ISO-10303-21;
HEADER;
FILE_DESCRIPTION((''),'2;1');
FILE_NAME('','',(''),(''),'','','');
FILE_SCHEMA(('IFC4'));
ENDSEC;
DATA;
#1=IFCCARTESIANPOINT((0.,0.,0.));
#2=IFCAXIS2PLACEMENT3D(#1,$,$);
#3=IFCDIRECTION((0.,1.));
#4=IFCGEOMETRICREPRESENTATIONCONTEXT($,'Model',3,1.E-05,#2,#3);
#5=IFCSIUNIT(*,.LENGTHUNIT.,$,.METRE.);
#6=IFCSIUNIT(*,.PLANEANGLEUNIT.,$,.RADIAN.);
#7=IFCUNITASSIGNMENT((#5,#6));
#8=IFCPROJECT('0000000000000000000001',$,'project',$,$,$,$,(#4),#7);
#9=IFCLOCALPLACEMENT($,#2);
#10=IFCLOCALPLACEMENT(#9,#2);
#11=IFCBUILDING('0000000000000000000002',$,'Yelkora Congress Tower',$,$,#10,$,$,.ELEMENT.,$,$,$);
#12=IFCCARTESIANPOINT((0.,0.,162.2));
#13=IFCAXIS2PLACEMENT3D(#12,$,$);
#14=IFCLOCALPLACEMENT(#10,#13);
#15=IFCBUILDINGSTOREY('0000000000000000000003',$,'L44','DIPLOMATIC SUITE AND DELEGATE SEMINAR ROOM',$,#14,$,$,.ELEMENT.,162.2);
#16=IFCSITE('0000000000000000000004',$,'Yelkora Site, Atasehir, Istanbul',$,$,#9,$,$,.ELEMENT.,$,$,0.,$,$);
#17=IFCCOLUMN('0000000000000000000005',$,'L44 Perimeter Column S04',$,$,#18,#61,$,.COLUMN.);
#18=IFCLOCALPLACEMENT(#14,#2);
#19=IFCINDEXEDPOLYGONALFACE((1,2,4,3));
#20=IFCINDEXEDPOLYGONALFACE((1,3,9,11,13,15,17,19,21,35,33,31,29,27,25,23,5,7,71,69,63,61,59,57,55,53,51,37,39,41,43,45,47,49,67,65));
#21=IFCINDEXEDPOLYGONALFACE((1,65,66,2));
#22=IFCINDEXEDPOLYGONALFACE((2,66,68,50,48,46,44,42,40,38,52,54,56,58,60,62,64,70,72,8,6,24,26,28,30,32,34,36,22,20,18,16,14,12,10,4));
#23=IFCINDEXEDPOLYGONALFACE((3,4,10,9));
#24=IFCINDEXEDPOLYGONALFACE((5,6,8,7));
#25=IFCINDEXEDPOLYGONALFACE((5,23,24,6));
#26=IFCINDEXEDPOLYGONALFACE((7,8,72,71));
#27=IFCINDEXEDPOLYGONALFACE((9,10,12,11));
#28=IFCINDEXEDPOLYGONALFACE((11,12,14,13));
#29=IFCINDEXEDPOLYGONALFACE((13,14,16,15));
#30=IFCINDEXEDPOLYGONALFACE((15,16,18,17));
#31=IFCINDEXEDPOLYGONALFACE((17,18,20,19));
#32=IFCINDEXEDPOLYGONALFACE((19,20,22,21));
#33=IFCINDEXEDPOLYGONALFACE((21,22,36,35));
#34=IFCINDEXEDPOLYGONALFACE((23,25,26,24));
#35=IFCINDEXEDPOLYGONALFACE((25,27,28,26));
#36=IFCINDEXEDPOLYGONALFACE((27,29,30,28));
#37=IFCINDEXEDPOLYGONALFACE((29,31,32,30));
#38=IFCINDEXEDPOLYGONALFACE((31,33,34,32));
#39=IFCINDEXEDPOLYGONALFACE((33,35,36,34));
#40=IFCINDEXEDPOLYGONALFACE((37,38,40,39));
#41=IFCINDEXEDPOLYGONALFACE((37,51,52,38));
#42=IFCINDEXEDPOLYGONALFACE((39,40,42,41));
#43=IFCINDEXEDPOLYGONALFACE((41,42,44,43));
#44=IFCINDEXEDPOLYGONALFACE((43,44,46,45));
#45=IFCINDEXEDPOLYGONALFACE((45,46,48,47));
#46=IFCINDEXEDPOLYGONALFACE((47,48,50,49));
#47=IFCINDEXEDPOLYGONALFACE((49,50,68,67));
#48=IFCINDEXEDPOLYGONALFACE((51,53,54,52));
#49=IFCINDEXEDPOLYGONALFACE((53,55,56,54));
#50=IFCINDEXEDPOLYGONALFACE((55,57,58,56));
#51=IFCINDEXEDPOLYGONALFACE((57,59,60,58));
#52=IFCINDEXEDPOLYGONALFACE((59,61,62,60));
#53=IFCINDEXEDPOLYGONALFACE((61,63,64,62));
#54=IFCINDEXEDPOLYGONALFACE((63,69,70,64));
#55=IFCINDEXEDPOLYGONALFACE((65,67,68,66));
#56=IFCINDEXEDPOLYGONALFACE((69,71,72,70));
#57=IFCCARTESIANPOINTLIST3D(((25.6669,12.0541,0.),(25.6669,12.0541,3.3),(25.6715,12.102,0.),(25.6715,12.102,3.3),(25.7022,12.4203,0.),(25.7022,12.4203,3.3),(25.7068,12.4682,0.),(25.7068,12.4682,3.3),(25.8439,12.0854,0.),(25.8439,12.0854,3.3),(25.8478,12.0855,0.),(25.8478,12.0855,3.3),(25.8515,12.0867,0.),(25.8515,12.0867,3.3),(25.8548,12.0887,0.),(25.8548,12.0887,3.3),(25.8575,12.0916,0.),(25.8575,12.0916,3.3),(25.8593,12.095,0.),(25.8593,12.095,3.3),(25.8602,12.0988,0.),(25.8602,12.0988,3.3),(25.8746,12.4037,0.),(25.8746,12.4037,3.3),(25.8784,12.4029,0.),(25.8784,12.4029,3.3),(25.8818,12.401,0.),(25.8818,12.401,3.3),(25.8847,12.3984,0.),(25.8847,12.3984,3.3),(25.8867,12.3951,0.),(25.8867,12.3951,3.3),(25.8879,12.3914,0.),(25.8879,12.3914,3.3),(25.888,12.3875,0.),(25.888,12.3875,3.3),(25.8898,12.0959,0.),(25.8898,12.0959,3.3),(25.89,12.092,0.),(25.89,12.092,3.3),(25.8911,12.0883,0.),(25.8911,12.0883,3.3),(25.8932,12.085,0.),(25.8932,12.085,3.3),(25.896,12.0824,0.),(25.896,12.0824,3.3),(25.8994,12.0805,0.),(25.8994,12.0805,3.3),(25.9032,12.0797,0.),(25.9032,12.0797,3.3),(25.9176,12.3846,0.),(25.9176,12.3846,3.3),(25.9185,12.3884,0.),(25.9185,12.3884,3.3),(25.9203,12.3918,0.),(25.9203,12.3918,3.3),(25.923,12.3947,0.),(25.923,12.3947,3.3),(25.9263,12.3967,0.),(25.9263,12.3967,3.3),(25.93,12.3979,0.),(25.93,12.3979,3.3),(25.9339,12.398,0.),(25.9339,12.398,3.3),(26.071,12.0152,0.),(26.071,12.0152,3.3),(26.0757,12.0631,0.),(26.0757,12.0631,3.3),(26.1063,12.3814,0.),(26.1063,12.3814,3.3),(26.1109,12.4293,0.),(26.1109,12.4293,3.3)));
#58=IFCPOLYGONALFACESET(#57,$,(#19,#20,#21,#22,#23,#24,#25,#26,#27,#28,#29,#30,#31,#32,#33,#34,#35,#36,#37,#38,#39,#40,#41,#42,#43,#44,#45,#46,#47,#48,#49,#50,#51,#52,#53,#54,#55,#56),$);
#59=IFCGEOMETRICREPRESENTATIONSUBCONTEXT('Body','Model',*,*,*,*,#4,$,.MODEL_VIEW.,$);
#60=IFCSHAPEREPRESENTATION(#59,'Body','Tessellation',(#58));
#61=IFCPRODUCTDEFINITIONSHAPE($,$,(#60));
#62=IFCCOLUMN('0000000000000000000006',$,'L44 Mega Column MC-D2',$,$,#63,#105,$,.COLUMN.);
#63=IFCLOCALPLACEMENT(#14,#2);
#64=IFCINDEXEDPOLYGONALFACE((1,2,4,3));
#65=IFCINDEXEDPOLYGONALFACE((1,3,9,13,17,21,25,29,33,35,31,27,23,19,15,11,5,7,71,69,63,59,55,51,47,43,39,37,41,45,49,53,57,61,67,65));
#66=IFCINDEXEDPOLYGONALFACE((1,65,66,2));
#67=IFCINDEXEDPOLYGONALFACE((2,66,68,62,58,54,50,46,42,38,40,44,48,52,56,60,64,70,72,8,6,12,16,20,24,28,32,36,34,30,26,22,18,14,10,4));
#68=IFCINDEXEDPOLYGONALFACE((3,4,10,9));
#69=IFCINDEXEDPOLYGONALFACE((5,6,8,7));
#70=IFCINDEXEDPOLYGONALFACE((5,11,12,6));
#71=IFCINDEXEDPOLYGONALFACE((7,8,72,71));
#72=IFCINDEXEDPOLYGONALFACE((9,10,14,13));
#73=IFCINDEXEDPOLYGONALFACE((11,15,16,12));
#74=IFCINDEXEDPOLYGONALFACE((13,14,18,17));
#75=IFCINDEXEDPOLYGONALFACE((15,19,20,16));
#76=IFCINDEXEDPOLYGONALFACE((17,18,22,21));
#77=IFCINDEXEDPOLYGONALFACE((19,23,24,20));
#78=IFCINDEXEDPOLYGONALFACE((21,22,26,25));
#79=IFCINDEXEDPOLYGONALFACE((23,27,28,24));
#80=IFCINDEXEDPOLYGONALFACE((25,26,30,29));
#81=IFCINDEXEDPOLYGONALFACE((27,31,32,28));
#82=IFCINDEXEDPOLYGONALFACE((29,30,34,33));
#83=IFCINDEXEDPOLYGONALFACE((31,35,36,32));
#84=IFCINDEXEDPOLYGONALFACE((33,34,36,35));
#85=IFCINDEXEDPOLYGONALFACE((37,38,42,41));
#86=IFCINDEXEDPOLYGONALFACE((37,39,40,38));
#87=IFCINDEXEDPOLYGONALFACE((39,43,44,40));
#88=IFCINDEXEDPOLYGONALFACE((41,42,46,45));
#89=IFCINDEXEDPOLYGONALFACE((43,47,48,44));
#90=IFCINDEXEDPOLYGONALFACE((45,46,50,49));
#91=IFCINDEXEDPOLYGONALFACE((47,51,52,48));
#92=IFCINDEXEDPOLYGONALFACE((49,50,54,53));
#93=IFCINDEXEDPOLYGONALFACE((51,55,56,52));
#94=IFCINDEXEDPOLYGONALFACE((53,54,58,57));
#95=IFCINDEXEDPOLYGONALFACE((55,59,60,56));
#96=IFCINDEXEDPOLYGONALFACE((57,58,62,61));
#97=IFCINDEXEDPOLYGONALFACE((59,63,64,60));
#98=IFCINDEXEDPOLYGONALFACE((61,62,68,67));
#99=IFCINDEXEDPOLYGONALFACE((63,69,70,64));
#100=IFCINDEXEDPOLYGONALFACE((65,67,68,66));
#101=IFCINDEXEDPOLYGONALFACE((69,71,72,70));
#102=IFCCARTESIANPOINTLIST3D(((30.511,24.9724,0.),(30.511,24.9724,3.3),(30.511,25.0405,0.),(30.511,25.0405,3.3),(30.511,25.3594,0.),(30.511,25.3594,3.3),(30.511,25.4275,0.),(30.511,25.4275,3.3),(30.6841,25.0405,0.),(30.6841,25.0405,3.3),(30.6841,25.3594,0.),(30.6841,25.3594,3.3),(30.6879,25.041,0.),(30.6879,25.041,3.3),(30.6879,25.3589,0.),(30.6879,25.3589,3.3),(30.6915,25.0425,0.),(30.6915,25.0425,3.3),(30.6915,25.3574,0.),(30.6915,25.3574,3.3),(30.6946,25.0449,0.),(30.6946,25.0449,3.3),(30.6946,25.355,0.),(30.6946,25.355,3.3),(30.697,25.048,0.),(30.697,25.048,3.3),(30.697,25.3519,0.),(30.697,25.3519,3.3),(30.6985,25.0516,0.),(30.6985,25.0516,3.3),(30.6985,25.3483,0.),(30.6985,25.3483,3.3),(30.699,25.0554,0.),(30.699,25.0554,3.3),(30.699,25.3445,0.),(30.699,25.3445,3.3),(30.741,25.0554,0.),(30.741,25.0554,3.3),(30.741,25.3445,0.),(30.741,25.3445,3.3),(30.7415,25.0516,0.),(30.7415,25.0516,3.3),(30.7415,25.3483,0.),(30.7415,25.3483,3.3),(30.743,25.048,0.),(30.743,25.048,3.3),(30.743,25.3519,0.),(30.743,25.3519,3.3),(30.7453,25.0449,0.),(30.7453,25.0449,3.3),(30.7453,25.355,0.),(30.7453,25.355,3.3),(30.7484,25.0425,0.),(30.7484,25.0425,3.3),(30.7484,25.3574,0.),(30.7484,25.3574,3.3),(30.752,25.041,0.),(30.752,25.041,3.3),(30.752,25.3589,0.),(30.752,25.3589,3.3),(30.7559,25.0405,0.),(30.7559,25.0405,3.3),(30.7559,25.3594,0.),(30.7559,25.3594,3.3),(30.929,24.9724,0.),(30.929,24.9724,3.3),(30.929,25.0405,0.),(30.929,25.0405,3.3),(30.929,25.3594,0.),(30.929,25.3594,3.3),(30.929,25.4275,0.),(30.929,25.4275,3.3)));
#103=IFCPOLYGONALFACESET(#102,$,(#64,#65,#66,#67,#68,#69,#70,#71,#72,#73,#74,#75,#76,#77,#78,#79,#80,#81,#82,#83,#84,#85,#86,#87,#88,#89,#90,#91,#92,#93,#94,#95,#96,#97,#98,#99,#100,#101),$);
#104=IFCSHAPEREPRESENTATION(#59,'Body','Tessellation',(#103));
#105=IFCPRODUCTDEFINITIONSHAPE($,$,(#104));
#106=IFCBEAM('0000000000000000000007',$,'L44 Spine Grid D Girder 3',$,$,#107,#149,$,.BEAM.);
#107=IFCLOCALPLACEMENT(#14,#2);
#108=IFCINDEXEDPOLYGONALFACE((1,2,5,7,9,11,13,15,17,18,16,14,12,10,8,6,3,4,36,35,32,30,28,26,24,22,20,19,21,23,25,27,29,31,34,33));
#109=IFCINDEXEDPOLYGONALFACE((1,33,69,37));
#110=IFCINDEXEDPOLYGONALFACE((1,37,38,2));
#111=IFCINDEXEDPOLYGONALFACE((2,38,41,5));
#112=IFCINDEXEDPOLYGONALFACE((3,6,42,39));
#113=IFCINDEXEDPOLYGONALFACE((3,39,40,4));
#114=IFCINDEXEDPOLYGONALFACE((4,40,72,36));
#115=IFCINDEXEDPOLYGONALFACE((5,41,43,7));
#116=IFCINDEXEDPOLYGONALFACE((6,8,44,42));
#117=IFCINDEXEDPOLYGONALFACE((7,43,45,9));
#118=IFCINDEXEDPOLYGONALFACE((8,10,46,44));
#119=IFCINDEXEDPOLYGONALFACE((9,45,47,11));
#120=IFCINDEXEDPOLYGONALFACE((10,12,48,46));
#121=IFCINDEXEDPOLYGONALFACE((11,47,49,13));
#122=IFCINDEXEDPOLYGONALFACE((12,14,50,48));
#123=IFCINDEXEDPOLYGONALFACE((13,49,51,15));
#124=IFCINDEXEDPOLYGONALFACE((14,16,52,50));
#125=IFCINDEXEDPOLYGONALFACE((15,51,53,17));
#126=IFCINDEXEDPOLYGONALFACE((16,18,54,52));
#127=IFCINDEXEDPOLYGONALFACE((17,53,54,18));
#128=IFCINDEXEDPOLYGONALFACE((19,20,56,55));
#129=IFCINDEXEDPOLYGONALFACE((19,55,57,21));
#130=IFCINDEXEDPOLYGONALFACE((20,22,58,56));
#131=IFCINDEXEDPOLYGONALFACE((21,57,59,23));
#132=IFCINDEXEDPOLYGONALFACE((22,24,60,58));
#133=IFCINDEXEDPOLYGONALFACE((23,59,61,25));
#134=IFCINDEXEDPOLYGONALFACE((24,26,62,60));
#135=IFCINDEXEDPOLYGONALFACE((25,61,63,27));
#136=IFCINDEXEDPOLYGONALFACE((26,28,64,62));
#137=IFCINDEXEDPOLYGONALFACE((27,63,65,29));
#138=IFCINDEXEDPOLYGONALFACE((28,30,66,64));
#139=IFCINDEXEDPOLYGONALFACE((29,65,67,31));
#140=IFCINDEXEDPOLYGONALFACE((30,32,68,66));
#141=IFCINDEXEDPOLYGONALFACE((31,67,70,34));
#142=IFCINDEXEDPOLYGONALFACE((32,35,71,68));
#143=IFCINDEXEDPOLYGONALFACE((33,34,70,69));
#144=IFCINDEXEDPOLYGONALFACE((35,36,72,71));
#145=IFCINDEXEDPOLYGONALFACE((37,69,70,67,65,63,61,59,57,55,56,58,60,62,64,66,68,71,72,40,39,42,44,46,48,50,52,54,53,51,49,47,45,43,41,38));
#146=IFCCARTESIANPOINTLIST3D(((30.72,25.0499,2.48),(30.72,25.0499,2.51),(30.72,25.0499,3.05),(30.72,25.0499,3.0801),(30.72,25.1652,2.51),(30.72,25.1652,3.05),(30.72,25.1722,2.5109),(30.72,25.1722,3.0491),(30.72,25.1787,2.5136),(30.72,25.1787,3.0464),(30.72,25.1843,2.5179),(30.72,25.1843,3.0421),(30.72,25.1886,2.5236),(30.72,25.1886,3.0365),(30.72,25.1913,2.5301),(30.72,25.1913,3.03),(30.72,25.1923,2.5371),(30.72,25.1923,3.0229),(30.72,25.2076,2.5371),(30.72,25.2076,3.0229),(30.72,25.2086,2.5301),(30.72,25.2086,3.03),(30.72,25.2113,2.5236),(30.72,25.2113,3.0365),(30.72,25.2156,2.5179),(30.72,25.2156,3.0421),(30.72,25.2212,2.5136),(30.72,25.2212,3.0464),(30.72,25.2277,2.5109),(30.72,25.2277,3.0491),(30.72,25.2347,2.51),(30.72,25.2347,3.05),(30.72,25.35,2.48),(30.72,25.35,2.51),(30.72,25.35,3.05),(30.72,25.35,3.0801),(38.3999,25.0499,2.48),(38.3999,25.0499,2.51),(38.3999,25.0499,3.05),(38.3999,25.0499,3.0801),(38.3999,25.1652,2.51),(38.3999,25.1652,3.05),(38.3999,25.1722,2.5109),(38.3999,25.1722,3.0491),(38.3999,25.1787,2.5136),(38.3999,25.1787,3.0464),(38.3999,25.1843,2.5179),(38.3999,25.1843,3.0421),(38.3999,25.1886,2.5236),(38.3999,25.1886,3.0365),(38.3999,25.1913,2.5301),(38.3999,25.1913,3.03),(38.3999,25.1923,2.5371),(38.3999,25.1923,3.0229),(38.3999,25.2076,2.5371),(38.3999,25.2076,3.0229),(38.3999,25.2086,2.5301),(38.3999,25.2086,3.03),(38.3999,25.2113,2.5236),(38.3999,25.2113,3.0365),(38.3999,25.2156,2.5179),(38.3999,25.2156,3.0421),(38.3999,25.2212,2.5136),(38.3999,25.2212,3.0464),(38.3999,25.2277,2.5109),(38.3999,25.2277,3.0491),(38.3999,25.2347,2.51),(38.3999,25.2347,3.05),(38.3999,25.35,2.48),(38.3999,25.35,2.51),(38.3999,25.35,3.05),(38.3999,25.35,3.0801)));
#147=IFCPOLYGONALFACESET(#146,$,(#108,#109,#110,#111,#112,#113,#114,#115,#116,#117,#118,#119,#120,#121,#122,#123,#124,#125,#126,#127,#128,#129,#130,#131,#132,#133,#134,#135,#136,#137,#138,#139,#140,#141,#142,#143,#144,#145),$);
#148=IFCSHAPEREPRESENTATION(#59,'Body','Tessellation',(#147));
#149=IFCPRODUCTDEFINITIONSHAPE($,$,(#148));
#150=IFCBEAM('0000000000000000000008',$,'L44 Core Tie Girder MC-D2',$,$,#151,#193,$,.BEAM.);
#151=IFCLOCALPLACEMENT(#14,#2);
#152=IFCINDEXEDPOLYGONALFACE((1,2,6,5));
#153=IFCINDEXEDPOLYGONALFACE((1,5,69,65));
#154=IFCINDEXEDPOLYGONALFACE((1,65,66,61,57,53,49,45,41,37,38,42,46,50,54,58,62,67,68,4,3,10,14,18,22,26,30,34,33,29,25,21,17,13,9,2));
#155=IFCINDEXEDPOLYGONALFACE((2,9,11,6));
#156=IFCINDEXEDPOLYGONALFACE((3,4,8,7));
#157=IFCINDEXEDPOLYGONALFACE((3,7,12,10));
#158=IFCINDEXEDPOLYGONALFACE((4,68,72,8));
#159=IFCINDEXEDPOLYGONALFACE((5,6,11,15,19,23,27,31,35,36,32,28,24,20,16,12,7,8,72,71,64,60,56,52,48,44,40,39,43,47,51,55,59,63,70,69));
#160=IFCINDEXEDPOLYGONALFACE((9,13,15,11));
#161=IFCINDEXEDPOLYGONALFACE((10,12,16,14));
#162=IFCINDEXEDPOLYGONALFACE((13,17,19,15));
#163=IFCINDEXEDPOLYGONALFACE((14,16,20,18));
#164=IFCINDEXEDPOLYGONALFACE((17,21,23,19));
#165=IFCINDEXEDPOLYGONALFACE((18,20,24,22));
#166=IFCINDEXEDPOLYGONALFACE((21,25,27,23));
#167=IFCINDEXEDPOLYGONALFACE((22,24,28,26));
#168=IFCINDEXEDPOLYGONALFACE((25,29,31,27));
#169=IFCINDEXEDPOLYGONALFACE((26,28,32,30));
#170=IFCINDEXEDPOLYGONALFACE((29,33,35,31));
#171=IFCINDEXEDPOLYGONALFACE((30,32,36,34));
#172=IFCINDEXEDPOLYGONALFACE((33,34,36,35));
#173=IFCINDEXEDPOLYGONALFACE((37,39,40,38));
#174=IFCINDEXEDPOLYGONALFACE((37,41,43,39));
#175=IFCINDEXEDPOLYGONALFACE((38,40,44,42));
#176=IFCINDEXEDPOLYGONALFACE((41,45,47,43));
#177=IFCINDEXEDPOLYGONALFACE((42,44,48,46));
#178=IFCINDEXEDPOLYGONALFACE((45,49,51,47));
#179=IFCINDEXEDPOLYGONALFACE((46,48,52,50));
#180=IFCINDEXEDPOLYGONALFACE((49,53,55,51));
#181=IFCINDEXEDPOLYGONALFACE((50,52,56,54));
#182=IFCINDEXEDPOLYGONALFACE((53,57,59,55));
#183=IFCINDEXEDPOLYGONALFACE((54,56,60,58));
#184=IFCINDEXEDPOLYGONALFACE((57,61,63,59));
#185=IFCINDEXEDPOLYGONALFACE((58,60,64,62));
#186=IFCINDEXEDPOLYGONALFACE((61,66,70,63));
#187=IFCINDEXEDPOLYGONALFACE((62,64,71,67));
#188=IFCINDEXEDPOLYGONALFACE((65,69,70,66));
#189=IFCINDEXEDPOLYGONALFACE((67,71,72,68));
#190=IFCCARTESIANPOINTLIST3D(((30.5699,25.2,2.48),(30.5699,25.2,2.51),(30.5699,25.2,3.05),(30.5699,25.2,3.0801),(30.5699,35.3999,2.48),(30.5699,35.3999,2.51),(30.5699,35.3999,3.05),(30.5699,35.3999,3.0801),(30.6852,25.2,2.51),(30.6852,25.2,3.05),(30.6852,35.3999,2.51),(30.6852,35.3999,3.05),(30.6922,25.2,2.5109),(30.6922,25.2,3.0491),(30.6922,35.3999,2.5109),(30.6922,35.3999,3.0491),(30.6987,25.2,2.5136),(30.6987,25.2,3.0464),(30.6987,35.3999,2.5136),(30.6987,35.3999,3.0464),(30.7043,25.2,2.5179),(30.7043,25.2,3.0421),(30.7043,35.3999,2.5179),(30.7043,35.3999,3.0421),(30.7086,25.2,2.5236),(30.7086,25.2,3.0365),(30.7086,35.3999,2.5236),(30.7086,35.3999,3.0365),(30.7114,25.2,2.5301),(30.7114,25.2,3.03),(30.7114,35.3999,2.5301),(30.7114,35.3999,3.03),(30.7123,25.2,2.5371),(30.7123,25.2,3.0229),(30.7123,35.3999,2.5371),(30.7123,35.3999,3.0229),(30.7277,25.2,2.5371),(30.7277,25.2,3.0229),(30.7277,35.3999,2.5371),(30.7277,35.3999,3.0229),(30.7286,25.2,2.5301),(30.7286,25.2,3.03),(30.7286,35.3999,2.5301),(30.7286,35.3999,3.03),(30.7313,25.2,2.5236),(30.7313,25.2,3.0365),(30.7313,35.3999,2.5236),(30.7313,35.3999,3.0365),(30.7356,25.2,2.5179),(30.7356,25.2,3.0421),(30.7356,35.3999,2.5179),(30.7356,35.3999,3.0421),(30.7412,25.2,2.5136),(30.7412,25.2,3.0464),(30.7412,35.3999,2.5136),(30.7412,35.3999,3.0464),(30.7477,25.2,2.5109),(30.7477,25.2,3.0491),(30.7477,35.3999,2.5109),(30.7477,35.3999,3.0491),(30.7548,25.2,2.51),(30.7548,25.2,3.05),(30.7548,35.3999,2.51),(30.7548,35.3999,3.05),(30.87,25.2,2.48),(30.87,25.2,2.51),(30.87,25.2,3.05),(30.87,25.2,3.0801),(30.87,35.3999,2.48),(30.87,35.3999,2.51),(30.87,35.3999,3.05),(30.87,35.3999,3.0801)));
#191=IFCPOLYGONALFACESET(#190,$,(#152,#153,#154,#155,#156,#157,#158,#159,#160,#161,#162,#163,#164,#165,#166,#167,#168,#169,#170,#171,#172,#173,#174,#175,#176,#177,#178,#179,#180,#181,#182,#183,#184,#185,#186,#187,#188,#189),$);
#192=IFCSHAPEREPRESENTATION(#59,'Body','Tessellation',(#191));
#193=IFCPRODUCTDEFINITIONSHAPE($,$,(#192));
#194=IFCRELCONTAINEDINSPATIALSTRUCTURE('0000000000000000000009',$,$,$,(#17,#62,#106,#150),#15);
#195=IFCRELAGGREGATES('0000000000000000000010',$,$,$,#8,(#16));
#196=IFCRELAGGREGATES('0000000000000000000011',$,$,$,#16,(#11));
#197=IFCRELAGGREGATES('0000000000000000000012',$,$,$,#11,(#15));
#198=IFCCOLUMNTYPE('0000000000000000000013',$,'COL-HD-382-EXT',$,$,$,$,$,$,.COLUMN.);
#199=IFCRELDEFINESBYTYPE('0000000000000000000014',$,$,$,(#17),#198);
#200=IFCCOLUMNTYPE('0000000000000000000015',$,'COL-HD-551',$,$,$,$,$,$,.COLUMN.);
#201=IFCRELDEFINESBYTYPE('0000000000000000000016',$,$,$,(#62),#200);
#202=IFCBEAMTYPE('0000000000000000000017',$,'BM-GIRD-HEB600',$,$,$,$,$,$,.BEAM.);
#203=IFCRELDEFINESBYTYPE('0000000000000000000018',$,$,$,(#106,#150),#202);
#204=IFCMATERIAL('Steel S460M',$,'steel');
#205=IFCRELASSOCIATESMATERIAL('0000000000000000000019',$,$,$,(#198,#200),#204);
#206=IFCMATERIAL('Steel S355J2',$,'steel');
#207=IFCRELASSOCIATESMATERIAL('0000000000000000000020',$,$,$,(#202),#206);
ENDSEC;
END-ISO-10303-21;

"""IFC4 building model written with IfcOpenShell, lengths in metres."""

from ifc_helpers import new_model, si_unit, direction, frame, origin, origin_2d, place, context, subcontext, project, spatial, i_section, extrude, material, material_profile, profile_set, type_object, element, save


model = new_model("IFC4")

# Units and contexts
model_context = context("Model", 3, precision=1e-05, world=origin(), true_north=direction((0.0, 1.0)))
body_context = subcontext(model_context, "Body", "Model", "MODEL_VIEW")
ifc_project = project(units=[si_unit("LENGTHUNIT", "METRE"), si_unit("PLANEANGLEUNIT", "RADIAN")], contexts=[model_context])

# Site, building, storey
site_placement = place(None, origin())
site = spatial("IfcSite", under=ifc_project, at=site_placement, Name="Yelkora Site, Atasehir, Istanbul", CompositionType="ELEMENT", RefElevation=0.0)
building_placement = place(site_placement, origin())
building = spatial("IfcBuilding", under=site, at=building_placement, Name="Yelkora Congress Tower", CompositionType="ELEMENT")
storey_placement = place(building_placement, frame((0.0, 0.0, 162.2)))
storey = spatial("IfcBuildingStorey", under=building, at=storey_placement, Name="L44", Description="DIPLOMATIC SUITE AND DELEGATE SEMINAR ROOM", CompositionType="ELEMENT", Elevation=162.2)

# Columns
ifc_material_1 = material(Name="Steel S460M", Category="steel")
ifc_material_profile_1 = material_profile(ifc_material_1, i_section(OverallWidth=0.406, OverallDepth=0.416, WebThickness=0.0298, FlangeThickness=0.0481, FilletRadius=0.0149, at=origin_2d()), Name="HD 400x382")
ifc_profile_set_1 = profile_set([ifc_material_profile_1], Name="Steel S460M")
column_type_1 = type_object("IfcColumnType", Name="COL-HD-382-EXT", PredefinedType="COLUMN", material=ifc_profile_set_1)
column_1_placement = place(storey_placement, frame((25.8889, 12.2417, 0.0), z_axis=(0.0, 0.0, 1.0), x_axis=(0.995396, -0.095846, 0.0)))
element("IfcColumn", 1, at=column_1_placement, inside=storey, type_object=column_type_1, Name="L44 Perimeter Column S04", PredefinedType="COLUMN", context=body_context, shape_type="SweptSolid", body=[
    extrude(i_section(OverallWidth=0.406, OverallDepth=0.416, WebThickness=0.0298, FlangeThickness=0.0481, FilletRadius=0.0149, at=origin_2d()), origin(), (0.0, 0.0, 1.0), 3.3),
])
ifc_material_profile_2 = material_profile(ifc_material_1, i_section(OverallWidth=0.418, OverallDepth=0.4551, WebThickness=0.042, FlangeThickness=0.0681, FilletRadius=0.0149, at=origin_2d()), Name="HD 400x551")
ifc_profile_set_2 = profile_set([ifc_material_profile_2], Name="Steel S460M")
column_type_2 = type_object("IfcColumnType", Name="COL-HD-551", PredefinedType="COLUMN", material=ifc_profile_set_2)
column_2_placement = place(storey_placement, frame((30.72, 25.2, 0.0), z_axis=(0.0, 0.0, 1.0), x_axis=(1.0, 0.0, 0.0)))
element("IfcColumn", 2, at=column_2_placement, inside=storey, type_object=column_type_2, Name="L44 Mega Column MC-D2", PredefinedType="COLUMN", context=body_context, shape_type="SweptSolid", body=[
    extrude(i_section(OverallWidth=0.418, OverallDepth=0.4551, WebThickness=0.042, FlangeThickness=0.0681, FilletRadius=0.0149, at=origin_2d()), origin(), (0.0, 0.0, 1.0), 3.3),
])

# Beams
ifc_material_2 = material(Name="Steel S355J2", Category="steel")
ifc_material_profile_3 = material_profile(ifc_material_2, i_section(OverallWidth=0.3, OverallDepth=0.6001, WebThickness=0.0154, FlangeThickness=0.03, FilletRadius=0.0271, at=origin_2d()), Name="HEB 600")
ifc_profile_set_3 = profile_set([ifc_material_profile_3], Name="Steel S355J2")
beam_type_1 = type_object("IfcBeamType", Name="BM-GIRD-HEB600", PredefinedType="BEAM", material=ifc_profile_set_3)
beam_1_placement = place(storey_placement, frame((30.72, 25.2, 2.78), z_axis=(1.0, 0.0, 0.0), x_axis=(0.0, 1.0, 0.0)))
element("IfcBeam", 3, at=beam_1_placement, inside=storey, type_object=beam_type_1, Name="L44 Spine Grid D Girder 3", PredefinedType="BEAM", context=body_context, shape_type="SweptSolid", body=[
    extrude(i_section(OverallWidth=0.3, OverallDepth=0.6001, WebThickness=0.0154, FlangeThickness=0.03, FilletRadius=0.0271, at=origin_2d()), origin(), (0.0, 0.0, 1.0), 7.6799),
])
beam_2_placement = place(storey_placement, frame((30.72, 25.2, 2.78), z_axis=(0.0, 1.0, 0.0), x_axis=(-1.0, 0.0, 0.0)))
element("IfcBeam", 4, at=beam_2_placement, inside=storey, type_object=beam_type_1, Name="L44 Core Tie Girder MC-D2", PredefinedType="BEAM", context=body_context, shape_type="SweptSolid", body=[
    extrude(i_section(OverallWidth=0.3, OverallDepth=0.6001, WebThickness=0.0154, FlangeThickness=0.03, FilletRadius=0.0271, at=origin_2d()), origin(), (0.0, 0.0, 1.0), 10.2),
])

save(model, "model.ifc")
